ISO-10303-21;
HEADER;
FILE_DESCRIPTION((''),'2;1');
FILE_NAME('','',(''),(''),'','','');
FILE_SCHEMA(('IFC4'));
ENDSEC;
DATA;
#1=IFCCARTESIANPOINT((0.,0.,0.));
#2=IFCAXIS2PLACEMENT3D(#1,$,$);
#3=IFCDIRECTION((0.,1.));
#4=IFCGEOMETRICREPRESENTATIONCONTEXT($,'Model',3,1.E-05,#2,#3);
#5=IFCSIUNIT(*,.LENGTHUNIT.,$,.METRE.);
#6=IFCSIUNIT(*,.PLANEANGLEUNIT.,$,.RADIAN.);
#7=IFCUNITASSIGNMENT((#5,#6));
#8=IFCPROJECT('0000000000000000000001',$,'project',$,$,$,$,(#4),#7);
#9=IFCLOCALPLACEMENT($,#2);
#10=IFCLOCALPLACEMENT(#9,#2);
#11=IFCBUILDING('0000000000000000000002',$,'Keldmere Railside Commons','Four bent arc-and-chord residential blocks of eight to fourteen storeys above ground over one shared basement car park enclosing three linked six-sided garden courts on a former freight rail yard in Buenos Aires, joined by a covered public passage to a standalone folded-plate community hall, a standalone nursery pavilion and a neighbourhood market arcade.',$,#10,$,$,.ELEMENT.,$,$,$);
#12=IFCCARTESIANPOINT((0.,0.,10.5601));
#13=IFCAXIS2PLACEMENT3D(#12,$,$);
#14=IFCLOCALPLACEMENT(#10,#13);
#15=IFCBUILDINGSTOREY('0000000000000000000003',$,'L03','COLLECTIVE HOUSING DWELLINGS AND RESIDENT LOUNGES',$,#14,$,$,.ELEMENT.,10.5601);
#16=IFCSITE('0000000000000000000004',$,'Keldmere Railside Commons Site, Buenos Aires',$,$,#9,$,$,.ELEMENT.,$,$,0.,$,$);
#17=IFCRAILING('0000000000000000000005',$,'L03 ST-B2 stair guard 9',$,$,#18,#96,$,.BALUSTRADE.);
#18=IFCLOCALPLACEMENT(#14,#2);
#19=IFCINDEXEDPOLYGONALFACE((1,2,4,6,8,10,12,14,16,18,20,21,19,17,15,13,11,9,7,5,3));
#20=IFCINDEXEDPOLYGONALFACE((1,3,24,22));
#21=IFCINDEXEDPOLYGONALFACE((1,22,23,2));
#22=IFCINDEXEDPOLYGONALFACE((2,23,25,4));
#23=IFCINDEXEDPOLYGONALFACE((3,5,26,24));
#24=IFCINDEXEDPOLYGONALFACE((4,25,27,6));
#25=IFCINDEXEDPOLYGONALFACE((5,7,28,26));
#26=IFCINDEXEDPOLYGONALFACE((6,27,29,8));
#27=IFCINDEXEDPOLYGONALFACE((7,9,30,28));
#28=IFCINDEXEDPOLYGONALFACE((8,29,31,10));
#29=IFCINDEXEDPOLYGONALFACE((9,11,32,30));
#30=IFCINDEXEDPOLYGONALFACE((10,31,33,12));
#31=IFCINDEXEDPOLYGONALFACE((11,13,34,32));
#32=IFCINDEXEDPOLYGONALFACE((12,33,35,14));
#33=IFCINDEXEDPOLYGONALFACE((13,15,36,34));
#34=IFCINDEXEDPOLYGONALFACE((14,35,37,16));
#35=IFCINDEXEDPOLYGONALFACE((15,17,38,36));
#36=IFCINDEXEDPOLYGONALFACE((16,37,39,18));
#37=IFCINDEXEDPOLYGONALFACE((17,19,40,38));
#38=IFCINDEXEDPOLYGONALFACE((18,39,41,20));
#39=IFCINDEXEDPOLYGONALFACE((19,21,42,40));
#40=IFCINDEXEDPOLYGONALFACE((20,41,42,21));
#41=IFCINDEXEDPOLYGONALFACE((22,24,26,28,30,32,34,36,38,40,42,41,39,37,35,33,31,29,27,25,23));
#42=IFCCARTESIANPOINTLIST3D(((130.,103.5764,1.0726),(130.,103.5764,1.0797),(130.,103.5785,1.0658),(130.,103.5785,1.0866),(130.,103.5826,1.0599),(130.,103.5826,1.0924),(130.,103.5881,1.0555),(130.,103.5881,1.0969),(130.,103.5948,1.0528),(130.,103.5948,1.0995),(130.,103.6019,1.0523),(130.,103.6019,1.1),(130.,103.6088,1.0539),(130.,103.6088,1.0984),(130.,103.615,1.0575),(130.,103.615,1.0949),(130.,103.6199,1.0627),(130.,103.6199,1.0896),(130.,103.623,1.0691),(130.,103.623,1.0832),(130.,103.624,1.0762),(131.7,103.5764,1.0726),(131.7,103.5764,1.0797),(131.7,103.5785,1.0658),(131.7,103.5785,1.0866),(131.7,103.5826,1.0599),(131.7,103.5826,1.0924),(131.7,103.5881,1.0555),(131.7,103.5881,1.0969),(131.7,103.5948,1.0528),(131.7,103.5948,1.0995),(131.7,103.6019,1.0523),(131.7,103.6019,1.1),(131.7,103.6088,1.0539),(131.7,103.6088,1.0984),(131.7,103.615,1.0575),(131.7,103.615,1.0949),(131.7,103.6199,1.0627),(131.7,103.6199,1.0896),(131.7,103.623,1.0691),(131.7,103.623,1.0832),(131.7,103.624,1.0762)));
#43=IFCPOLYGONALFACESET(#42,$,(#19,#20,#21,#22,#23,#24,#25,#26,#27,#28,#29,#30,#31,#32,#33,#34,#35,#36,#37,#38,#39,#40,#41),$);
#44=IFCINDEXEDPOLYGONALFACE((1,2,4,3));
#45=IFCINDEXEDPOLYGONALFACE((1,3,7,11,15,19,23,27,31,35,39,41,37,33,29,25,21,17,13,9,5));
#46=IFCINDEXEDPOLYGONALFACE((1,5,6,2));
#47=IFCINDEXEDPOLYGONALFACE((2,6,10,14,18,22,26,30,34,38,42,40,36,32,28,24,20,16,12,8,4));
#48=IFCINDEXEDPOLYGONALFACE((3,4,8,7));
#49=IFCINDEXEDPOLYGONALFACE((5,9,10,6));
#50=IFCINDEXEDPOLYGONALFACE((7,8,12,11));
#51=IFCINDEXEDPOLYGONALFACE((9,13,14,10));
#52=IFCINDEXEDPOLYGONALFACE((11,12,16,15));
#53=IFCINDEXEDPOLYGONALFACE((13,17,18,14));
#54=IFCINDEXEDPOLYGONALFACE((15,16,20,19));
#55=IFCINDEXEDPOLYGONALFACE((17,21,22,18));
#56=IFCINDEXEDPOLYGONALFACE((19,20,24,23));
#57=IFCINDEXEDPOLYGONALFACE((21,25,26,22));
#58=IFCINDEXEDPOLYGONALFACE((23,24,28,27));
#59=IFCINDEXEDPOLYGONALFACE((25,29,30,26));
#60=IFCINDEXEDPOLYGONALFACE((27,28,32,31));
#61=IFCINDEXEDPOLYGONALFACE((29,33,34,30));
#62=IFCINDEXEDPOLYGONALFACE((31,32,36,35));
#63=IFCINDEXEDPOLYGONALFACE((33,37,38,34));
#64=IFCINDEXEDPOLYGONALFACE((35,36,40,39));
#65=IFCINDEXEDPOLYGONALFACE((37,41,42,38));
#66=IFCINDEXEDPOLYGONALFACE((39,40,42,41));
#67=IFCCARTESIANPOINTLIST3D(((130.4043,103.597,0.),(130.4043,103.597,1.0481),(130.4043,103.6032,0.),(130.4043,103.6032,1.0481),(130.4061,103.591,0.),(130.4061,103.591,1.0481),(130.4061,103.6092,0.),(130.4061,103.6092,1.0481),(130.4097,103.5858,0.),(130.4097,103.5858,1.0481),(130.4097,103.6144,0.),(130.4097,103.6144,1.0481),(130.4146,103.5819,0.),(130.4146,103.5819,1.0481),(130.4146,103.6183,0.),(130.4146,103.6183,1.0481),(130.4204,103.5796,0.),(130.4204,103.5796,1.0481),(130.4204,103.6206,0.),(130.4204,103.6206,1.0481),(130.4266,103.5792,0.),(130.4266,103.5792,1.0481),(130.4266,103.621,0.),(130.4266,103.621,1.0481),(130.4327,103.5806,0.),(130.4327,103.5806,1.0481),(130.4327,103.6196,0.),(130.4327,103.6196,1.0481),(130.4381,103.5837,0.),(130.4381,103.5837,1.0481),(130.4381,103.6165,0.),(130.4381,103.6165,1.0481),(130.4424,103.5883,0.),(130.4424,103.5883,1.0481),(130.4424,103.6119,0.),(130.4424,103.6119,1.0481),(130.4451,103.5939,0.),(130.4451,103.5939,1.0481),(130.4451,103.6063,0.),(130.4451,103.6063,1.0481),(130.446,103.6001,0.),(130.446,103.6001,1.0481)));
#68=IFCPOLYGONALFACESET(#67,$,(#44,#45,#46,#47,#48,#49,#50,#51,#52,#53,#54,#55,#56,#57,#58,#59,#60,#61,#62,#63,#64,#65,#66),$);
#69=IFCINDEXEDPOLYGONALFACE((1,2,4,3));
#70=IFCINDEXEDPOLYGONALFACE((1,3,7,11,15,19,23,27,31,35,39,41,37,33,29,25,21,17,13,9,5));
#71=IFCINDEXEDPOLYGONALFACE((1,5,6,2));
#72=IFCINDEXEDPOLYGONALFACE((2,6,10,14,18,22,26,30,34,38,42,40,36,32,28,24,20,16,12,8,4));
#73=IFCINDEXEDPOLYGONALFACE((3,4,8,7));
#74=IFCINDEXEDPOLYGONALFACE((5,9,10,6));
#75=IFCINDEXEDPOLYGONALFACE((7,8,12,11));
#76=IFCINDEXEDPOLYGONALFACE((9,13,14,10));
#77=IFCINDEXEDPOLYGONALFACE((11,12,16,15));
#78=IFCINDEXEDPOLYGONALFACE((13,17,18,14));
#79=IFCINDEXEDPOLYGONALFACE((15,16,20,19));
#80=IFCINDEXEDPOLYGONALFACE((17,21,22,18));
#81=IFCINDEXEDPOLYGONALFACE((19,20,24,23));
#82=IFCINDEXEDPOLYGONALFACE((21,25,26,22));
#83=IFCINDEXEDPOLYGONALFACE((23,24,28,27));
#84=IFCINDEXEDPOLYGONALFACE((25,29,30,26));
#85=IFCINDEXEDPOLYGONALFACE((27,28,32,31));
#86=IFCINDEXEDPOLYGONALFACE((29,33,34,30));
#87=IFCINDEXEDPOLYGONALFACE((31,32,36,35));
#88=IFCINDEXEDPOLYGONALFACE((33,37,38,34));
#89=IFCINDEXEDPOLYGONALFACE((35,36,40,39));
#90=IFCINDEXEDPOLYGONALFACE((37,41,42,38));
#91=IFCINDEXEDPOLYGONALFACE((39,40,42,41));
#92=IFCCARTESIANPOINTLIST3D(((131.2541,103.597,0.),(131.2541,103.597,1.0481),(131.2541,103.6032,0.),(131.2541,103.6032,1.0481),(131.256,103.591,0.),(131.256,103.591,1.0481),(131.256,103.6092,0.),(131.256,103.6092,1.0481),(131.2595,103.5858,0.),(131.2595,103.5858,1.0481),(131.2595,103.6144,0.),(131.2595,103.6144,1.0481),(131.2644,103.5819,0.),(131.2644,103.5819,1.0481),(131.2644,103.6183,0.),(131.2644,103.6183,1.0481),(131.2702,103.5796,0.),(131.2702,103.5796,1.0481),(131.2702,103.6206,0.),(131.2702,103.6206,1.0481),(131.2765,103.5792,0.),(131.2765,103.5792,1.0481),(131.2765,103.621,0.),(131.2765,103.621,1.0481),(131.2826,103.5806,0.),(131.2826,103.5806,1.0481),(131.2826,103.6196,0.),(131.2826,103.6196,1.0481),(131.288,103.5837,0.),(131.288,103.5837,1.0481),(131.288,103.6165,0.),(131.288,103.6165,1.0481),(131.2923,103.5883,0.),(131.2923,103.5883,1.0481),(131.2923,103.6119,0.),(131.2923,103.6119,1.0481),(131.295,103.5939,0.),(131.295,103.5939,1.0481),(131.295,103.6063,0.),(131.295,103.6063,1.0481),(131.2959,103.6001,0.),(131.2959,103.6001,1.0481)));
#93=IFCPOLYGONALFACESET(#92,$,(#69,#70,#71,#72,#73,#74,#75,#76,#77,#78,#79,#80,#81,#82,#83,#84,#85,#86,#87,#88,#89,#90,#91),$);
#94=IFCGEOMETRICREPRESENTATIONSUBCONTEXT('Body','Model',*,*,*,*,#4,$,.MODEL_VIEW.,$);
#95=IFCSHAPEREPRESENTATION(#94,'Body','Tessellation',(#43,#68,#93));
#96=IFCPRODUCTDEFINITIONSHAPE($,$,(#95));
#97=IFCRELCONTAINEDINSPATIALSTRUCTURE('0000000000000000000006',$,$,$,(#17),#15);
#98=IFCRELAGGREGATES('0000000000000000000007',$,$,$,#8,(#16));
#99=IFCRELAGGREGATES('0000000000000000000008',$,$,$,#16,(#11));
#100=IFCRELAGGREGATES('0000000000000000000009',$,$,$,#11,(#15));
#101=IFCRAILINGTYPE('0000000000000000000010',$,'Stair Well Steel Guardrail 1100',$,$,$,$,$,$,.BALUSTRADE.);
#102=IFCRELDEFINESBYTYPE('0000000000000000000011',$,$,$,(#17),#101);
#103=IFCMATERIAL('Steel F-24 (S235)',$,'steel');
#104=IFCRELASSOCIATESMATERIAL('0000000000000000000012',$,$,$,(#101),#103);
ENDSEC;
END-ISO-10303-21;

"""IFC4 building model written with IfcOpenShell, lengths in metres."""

from ifc_helpers import new_model, si_unit, direction, frame, origin, origin_2d, place, context, subcontext, project, spatial, circle, extrude, material, type_object, element, save


model = new_model("IFC4")

# Units and contexts
model_context = context("Model", 3, precision=1e-05, world=origin(), true_north=direction((0.0, 1.0)))
body_context = subcontext(model_context, "Body", "Model", "MODEL_VIEW")
ifc_project = project(units=[si_unit("LENGTHUNIT", "METRE"), si_unit("PLANEANGLEUNIT", "RADIAN")], contexts=[model_context])

# Site, building, storey
site_placement = place(None, origin())
site = spatial("IfcSite", under=ifc_project, at=site_placement, Name="Keldmere Railside Commons Site, Buenos Aires", CompositionType="ELEMENT", RefElevation=0.0)
building_placement = place(site_placement, origin())
building = spatial("IfcBuilding", under=site, at=building_placement, Name="Keldmere Railside Commons", Description="Four bent arc-and-chord residential blocks of eight to fourteen storeys above ground over one shared basement car park enclosing three linked six-sided garden courts on a former freight rail yard in Buenos Aires, joined by a covered public passage to a standalone folded-plate community hall, a standalone nursery pavilion and a neighbourhood market arcade.", CompositionType="ELEMENT")
storey_placement = place(building_placement, frame((0.0, 0.0, 10.5601)))
storey = spatial("IfcBuildingStorey", under=building, at=storey_placement, Name="L03", Description="COLLECTIVE HOUSING DWELLINGS AND RESIDENT LOUNGES", CompositionType="ELEMENT", Elevation=10.5601)

# Railing
ifc_material_1 = material(Name="Steel F-24 (S235)", Category="steel")
railing_type_1 = type_object("IfcRailingType", Name="Stair Well Steel Guardrail 1100", PredefinedType="BALUSTRADE", material=ifc_material_1)
railing_1_placement = place(storey_placement, frame((130.0, 103.6001, 0.0)))
element("IfcRailing", 1, at=railing_1_placement, inside=storey, type_object=railing_type_1, Name="L03 ST-B2 stair guard 9", PredefinedType="BALUSTRADE", context=body_context, shape_type="SweptSolid", body=[
    extrude(circle(Radius=0.0239, at=origin_2d()), frame((0.0, 0.0, 1.0762), z_axis=(1.0, 0.0, 0.0), x_axis=(0.0, 1.0, 0.0)), (0.0, 0.0, 1.0), 1.7),
    extrude(circle(Radius=0.021, at=origin_2d()), frame((0.425, 0.0, 0.0)), (0.0, 0.0, 1.0), 1.0481),
    extrude(circle(Radius=0.021, at=origin_2d()), frame((1.2749, 0.0, 0.0)), (0.0, 0.0, 1.0), 1.0481),
])

save(model, "model.ifc")
